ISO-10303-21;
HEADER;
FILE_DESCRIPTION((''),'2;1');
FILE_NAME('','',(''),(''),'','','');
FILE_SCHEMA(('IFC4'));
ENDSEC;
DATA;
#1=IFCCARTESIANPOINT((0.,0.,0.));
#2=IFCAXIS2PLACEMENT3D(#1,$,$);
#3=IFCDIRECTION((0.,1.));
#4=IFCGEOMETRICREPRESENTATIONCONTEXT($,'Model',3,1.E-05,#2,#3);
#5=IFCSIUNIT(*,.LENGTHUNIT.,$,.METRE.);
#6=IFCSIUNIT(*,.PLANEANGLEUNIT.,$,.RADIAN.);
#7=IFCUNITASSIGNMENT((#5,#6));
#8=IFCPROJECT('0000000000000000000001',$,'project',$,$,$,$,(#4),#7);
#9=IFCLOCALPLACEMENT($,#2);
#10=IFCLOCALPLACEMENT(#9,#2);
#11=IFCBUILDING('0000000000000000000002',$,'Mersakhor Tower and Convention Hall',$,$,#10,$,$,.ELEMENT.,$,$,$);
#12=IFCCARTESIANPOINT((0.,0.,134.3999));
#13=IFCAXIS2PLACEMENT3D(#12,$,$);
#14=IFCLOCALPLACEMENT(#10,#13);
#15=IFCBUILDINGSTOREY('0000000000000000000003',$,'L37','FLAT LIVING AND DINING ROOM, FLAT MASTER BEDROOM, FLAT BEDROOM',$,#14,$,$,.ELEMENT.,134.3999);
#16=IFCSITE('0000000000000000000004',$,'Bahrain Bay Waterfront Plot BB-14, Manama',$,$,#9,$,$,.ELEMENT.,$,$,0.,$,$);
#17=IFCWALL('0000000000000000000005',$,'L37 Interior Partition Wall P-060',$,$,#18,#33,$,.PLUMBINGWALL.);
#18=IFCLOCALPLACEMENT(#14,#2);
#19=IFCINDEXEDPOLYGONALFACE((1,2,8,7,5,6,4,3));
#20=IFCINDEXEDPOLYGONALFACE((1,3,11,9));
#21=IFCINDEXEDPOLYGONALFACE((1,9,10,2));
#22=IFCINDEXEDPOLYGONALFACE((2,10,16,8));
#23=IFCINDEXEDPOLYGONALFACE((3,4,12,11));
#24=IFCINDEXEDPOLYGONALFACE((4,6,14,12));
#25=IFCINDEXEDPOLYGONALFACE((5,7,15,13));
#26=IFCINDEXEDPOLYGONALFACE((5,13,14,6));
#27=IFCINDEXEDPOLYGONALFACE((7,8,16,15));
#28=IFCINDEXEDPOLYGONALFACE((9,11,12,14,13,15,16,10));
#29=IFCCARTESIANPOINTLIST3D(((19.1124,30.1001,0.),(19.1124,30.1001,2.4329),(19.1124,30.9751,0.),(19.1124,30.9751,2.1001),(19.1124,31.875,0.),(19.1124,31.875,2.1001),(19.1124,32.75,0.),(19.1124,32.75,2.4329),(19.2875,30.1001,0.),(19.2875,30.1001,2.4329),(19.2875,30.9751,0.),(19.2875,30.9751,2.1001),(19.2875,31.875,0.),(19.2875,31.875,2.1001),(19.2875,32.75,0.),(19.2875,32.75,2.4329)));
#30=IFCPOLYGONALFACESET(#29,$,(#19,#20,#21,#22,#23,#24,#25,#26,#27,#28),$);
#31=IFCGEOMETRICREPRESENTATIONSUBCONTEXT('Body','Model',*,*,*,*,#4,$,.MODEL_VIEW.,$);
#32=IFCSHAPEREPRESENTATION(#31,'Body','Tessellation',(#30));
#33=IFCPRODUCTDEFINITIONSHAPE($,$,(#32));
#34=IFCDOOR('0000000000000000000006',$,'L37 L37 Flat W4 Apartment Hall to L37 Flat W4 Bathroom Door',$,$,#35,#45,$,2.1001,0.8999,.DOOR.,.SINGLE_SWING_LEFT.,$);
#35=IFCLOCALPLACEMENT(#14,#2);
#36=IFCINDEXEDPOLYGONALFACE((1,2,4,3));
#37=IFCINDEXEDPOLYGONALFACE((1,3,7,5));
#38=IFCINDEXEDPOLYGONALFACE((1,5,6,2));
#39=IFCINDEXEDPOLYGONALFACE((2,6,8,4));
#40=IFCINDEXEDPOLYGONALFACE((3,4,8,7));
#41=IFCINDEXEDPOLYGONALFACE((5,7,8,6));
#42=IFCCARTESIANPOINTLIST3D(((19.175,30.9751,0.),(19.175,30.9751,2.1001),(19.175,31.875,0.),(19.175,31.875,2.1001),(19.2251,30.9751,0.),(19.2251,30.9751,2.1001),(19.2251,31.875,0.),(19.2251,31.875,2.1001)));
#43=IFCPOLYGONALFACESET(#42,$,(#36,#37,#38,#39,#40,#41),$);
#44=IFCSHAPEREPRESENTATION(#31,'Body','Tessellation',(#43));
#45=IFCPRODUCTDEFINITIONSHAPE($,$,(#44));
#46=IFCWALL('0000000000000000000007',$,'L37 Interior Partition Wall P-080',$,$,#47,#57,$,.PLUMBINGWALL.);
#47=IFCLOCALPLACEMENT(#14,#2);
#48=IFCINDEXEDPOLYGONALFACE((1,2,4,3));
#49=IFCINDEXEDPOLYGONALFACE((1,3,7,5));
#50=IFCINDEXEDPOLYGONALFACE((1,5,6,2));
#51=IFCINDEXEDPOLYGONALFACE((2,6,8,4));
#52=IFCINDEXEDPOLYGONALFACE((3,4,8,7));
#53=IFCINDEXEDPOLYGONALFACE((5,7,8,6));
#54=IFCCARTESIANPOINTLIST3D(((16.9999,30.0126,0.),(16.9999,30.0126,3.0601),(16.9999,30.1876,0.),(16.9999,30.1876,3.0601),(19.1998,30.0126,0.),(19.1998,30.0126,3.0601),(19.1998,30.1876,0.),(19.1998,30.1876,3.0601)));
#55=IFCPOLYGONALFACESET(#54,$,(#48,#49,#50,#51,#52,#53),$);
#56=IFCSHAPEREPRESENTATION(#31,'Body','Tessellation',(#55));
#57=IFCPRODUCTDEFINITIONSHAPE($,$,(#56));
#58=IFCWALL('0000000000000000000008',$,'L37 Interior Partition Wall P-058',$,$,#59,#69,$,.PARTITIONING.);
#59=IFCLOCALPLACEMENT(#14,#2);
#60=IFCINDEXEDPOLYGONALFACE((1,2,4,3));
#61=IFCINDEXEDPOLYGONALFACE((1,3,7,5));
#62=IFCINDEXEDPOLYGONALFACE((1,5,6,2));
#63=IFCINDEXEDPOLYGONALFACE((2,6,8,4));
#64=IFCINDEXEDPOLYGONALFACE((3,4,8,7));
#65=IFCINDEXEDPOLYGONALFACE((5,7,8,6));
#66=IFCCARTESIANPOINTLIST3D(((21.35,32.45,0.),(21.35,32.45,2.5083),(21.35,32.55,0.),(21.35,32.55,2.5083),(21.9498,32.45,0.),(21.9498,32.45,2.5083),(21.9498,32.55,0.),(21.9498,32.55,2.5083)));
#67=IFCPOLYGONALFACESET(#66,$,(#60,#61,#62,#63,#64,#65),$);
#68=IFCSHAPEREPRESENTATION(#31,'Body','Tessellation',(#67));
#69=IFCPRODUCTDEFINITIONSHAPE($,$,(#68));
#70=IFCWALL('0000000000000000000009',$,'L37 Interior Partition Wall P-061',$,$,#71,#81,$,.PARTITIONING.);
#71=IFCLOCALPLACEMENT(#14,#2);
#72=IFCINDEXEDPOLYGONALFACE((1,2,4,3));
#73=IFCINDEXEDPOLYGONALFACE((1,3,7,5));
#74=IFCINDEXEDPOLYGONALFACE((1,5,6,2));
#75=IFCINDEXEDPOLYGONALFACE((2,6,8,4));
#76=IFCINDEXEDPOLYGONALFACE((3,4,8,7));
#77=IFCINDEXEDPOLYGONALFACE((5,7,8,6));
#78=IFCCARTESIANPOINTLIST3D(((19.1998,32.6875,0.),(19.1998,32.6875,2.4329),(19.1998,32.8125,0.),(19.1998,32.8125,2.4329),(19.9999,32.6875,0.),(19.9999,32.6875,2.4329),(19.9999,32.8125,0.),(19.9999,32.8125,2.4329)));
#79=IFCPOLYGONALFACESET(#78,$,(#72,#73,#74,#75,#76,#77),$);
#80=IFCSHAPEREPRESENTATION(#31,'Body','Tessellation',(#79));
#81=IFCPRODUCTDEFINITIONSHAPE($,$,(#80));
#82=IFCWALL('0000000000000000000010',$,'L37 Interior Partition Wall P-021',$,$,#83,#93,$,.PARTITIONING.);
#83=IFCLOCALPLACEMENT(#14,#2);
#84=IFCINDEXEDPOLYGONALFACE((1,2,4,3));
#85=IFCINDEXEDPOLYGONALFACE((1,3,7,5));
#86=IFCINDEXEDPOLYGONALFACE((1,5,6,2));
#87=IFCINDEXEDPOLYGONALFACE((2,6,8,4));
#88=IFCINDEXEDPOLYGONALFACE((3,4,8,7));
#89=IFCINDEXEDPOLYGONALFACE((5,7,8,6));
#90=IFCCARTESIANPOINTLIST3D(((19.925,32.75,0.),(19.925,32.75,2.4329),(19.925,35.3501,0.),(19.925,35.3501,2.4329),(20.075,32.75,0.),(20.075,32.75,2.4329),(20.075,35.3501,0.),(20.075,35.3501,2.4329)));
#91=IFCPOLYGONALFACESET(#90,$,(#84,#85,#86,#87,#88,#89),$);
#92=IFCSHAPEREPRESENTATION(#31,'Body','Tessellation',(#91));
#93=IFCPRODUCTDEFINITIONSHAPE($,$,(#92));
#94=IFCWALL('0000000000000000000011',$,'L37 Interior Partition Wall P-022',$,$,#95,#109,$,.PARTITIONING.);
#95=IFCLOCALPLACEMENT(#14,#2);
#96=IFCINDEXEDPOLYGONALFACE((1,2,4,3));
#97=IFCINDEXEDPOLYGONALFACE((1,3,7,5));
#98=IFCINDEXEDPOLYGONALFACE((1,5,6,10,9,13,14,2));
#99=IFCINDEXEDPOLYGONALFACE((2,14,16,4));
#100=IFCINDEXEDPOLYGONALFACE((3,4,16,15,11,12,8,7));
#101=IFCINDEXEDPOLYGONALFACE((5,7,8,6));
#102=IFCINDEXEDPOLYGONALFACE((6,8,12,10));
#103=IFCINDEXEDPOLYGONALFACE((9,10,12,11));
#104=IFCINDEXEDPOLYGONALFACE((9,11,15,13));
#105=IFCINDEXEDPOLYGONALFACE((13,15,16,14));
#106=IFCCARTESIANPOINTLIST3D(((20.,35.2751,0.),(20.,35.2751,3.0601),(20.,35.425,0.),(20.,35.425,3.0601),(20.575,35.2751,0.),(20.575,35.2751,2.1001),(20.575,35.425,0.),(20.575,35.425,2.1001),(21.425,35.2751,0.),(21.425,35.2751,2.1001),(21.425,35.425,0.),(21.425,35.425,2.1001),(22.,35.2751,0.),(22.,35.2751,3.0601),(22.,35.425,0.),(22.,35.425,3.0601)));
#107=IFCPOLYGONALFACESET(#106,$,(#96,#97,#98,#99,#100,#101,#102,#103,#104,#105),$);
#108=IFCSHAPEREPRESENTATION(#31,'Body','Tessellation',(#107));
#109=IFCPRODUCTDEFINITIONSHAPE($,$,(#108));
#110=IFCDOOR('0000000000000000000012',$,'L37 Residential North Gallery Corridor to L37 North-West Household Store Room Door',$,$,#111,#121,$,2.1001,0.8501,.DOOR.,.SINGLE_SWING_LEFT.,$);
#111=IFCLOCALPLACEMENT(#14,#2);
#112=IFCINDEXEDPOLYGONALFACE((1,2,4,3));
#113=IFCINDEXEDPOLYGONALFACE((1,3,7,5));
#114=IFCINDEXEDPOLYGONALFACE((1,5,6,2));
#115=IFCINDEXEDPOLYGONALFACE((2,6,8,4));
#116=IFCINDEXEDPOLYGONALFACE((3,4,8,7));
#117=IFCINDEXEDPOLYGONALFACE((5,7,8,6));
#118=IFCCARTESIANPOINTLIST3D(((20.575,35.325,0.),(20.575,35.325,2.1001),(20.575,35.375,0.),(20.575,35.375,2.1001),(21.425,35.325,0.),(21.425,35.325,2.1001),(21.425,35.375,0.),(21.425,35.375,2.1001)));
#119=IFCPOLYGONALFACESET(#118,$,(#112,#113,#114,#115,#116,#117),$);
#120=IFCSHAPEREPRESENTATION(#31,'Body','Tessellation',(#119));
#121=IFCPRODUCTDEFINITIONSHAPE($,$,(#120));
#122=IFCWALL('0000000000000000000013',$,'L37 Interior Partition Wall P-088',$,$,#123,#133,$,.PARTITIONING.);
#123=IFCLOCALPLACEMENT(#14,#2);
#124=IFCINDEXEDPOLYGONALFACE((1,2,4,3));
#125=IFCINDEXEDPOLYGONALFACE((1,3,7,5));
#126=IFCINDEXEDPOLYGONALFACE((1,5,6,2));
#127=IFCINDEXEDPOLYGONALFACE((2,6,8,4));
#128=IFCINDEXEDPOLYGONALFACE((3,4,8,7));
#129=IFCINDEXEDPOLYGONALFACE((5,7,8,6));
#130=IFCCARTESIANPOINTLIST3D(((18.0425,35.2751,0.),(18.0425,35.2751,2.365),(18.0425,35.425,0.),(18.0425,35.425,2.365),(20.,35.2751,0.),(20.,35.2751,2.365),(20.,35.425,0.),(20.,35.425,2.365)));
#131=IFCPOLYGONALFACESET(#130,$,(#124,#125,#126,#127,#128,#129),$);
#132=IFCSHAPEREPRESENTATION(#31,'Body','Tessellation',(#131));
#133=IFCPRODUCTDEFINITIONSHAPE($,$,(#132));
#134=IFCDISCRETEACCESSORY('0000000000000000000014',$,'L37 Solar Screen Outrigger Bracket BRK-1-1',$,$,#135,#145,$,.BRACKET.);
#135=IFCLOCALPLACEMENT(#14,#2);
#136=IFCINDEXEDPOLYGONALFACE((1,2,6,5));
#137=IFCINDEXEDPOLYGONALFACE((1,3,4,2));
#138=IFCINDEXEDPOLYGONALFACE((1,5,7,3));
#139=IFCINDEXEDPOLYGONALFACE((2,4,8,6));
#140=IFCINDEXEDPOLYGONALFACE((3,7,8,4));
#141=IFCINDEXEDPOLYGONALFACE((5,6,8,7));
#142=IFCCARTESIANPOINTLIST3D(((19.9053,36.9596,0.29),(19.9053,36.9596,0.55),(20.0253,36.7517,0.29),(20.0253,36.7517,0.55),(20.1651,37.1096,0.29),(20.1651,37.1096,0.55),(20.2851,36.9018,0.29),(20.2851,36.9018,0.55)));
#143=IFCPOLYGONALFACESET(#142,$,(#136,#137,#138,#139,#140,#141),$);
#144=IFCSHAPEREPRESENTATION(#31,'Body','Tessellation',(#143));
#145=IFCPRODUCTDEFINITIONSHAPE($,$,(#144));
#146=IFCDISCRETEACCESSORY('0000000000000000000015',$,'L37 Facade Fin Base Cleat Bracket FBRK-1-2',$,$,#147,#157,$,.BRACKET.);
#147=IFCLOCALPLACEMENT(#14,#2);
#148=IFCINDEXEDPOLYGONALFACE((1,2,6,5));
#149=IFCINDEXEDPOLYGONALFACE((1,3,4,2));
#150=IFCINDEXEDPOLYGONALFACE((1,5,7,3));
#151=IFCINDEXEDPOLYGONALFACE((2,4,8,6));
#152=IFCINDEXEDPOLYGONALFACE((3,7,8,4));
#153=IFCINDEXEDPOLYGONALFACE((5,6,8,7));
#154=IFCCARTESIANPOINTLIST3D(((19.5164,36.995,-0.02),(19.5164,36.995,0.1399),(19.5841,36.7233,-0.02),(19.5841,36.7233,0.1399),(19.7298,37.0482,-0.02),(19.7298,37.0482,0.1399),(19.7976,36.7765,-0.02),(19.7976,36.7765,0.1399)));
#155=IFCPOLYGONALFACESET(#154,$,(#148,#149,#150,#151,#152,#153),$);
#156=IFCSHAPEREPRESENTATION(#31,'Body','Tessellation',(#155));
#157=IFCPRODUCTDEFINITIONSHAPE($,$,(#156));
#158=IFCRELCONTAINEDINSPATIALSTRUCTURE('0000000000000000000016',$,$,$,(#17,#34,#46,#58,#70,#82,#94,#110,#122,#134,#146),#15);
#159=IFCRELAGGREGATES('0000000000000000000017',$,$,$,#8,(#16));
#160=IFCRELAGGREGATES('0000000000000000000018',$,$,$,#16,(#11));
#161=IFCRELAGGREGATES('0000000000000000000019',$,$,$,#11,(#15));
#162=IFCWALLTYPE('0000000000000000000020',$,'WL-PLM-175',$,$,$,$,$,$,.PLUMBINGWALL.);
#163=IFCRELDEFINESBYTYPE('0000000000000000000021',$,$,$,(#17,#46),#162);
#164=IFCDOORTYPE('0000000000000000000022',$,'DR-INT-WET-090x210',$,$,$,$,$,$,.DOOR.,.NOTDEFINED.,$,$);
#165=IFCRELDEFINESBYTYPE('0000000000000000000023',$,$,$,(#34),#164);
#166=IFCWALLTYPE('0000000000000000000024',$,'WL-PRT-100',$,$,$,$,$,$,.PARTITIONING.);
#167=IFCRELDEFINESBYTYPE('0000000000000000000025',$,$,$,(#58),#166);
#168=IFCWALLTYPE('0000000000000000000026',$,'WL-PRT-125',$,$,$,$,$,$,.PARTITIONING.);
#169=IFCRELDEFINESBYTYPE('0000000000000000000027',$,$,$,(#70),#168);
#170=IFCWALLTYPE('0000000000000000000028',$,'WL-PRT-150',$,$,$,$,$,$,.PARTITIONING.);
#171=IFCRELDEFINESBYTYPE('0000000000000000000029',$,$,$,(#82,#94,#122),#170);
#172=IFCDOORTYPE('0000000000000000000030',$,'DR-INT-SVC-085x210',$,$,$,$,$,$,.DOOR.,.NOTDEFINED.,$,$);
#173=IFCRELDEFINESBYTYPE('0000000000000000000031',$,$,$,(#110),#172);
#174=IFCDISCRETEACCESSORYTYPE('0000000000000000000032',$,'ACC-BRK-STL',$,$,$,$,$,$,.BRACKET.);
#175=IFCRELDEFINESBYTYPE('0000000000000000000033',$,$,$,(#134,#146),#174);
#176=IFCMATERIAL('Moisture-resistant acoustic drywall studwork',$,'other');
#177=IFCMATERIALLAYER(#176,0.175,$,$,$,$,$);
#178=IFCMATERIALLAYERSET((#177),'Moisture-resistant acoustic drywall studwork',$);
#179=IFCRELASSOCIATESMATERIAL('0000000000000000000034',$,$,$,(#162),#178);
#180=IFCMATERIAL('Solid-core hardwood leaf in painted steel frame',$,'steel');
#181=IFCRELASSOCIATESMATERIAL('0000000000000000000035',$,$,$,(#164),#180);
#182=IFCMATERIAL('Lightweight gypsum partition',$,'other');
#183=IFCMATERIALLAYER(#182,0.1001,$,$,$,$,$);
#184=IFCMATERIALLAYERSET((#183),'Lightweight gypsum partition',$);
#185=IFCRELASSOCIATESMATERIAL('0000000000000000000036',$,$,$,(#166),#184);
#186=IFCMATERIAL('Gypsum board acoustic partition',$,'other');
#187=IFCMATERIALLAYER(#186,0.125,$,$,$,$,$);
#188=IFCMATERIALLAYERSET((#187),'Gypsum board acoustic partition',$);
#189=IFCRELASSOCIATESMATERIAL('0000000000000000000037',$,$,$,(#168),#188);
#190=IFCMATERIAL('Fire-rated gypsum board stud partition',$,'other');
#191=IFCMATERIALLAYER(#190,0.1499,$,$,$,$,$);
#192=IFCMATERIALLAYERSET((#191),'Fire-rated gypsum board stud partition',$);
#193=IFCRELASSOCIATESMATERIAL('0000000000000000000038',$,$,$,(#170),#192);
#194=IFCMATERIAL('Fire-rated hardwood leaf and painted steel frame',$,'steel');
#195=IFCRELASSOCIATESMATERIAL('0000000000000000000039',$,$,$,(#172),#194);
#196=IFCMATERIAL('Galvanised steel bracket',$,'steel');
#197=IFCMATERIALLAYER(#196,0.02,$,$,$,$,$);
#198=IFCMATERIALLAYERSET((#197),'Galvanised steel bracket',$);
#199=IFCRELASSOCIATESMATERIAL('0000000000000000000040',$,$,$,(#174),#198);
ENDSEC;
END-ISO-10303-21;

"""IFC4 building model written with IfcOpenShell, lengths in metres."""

from ifc_helpers import new_model, si_unit, direction, frame, frame_2d, origin, origin_2d, place, context, subcontext, project, spatial, rectangle, extrude, material, layer, layer_set, type_object, element, fill, save


model = new_model("IFC4")

# Units and contexts
model_context = context("Model", 3, precision=1e-05, world=origin(), true_north=direction((0.0, 1.0)))
body_context = subcontext(model_context, "Body", "Model", "MODEL_VIEW")
ifc_project = project(units=[si_unit("LENGTHUNIT", "METRE"), si_unit("PLANEANGLEUNIT", "RADIAN")], contexts=[model_context])

# Site, building, storey
site_placement = place(None, origin())
site = spatial("IfcSite", under=ifc_project, at=site_placement, Name="Bahrain Bay Waterfront Plot BB-14, Manama", CompositionType="ELEMENT", RefElevation=0.0)
building_placement = place(site_placement, origin())
building = spatial("IfcBuilding", under=site, at=building_placement, Name="Mersakhor Tower and Convention Hall", CompositionType="ELEMENT")
storey_placement = place(building_placement, frame((0.0, 0.0, 134.3999)))
storey = spatial("IfcBuildingStorey", under=building, at=storey_placement, Name="L37", Description="FLAT LIVING AND DINING ROOM, FLAT MASTER BEDROOM, FLAT BEDROOM", CompositionType="ELEMENT", Elevation=134.3999)

# Wall, opening, door
ifc_material_1 = material(Name="Moisture-resistant acoustic drywall studwork", Category="other")
ifc_layer_1 = layer(ifc_material_1, 0.175)
ifc_layer_set_1 = layer_set([ifc_layer_1], Name="Moisture-resistant acoustic drywall studwork")
wall_type_1 = type_object("IfcWallType", Name="WL-PLM-175", PredefinedType="PLUMBINGWALL", material=ifc_layer_set_1)
wall_1_placement = place(storey_placement, frame((19.2, 30.1001, 0.0), z_axis=(0.0, 0.0, 1.0), x_axis=(0.0, 1.0, 0.0)))
wall_1 = element("IfcWall", 1, at=wall_1_placement, inside=storey, type_object=wall_type_1, Name="L37 Interior Partition Wall P-060", PredefinedType="PLUMBINGWALL", context=body_context, shape_type="SweptSolid", body=[
    extrude(rectangle(XDim=2.6499, YDim=0.175, at=frame_2d((1.325, 0.0))), origin(), (0.0, 0.0, 1.0), 2.4329),
])
opening_1_placement = place(wall_1_placement, frame((0.875, 0.0, 0.0)))
opening_1 = element("IfcOpeningElement", 2, at=opening_1_placement, cuts=wall_1, PredefinedType="OPENING", context=body_context, shape_type="SweptSolid", body=[
    extrude(rectangle(XDim=0.8999, YDim=2.1001, at=frame_2d((0.45, 1.05))), frame((0.0, 0.0974, 0.0), z_axis=(0.0, -1.0, 0.0), x_axis=(1.0, 0.0, 0.0)), (0.0, 0.0, 1.0), 0.1951),
])
ifc_material_2 = material(Name="Solid-core hardwood leaf in painted steel frame", Category="steel")
door_type_1 = type_object("IfcDoorType", Name="DR-INT-WET-090x210", OperationType="NOTDEFINED", PredefinedType="DOOR", material=ifc_material_2)
door_1_placement = place(opening_1_placement, origin())
door_1 = element("IfcDoor", 3, at=door_1_placement, inside=storey, type_object=door_type_1, Name="L37 L37 Flat W4 Apartment Hall to L37 Flat W4 Bathroom Door", OperationType="SINGLE_SWING_LEFT", OverallHeight=2.1001, OverallWidth=0.8999, PredefinedType="DOOR", context=body_context, shape_type="SweptSolid", body=[
    extrude(rectangle(XDim=0.8999, YDim=2.1001, at=frame_2d((0.45, 1.05))), frame((0.0, 0.0249, 0.0), z_axis=(0.0, -1.0, 0.0), x_axis=(1.0, 0.0, 0.0)), (0.0, 0.0, 1.0), 0.05),
])
fill(opening_1, door_1)

# Walls
wall_2_placement = place(storey_placement, frame((19.2, 30.1001, 0.0), z_axis=(0.0, 0.0, 1.0), x_axis=(-1.0, 0.0, 0.0)))
element("IfcWall", 4, at=wall_2_placement, inside=storey, type_object=wall_type_1, Name="L37 Interior Partition Wall P-080", PredefinedType="PLUMBINGWALL", context=body_context, shape_type="SweptSolid", body=[
    extrude(rectangle(XDim=2.2, YDim=0.175, at=frame_2d((1.1001, 0.0))), origin(), (0.0, 0.0, 1.0), 3.0601),
])
ifc_material_3 = material(Name="Lightweight gypsum partition", Category="other")
ifc_layer_2 = layer(ifc_material_3, 0.1001)
ifc_layer_set_2 = layer_set([ifc_layer_2], Name="Lightweight gypsum partition")
wall_type_2 = type_object("IfcWallType", Name="WL-PRT-100", PredefinedType="PARTITIONING", material=ifc_layer_set_2)
wall_3_placement = place(storey_placement, frame((21.3501, 32.5, 0.0), z_axis=(0.0, 0.0, 1.0), x_axis=(1.0, 0.0, 0.0)))
element("IfcWall", 5, at=wall_3_placement, inside=storey, type_object=wall_type_2, Name="L37 Interior Partition Wall P-058", PredefinedType="PARTITIONING", context=body_context, shape_type="SweptSolid", body=[
    extrude(rectangle(XDim=0.5999, YDim=0.1001, at=frame_2d((0.2998, 0.0))), origin(), (0.0, 0.0, 1.0), 2.5083),
])
ifc_material_4 = material(Name="Gypsum board acoustic partition", Category="other")
ifc_layer_3 = layer(ifc_material_4, 0.125)
ifc_layer_set_3 = layer_set([ifc_layer_3], Name="Gypsum board acoustic partition")
wall_type_3 = type_object("IfcWallType", Name="WL-PRT-125", PredefinedType="PARTITIONING", material=ifc_layer_set_3)
wall_4_placement = place(storey_placement, frame((19.2, 32.75, 0.0), z_axis=(0.0, 0.0, 1.0), x_axis=(1.0, 0.0, 0.0)))
element("IfcWall", 6, at=wall_4_placement, inside=storey, type_object=wall_type_3, Name="L37 Interior Partition Wall P-061", PredefinedType="PARTITIONING", context=body_context, shape_type="SweptSolid", body=[
    extrude(rectangle(XDim=0.8, YDim=0.125, at=frame_2d((0.3999, 0.0))), origin(), (0.0, 0.0, 1.0), 2.4329),
])

# Shared definitions
ifc_material_5 = material(Name="Fire-rated gypsum board stud partition", Category="other")
ifc_layer_4 = layer(ifc_material_5, 0.1499)
ifc_layer_set_4 = layer_set([ifc_layer_4], Name="Fire-rated gypsum board stud partition")
wall_type_4 = type_object("IfcWallType", Name="WL-PRT-150", PredefinedType="PARTITIONING", material=ifc_layer_set_4)

# Wall
wall_5_placement = place(storey_placement, frame((20.0, 32.75, 0.0), z_axis=(0.0, 0.0, 1.0), x_axis=(0.0, 1.0, 0.0)))
element("IfcWall", 7, at=wall_5_placement, inside=storey, type_object=wall_type_4, Name="L37 Interior Partition Wall P-021", PredefinedType="PARTITIONING", context=body_context, shape_type="SweptSolid", body=[
    extrude(rectangle(XDim=2.6001, YDim=0.1499, at=frame_2d((1.3, 0.0))), origin(), (0.0, 0.0, 1.0), 2.4329),
])

# Wall, opening, door
wall_6_placement = place(storey_placement, frame((20.0, 35.3501, 0.0), z_axis=(0.0, 0.0, 1.0), x_axis=(1.0, 0.0, 0.0)))
wall_6 = element("IfcWall", 8, at=wall_6_placement, inside=storey, type_object=wall_type_4, Name="L37 Interior Partition Wall P-022", PredefinedType="PARTITIONING", context=body_context, shape_type="SweptSolid", body=[
    extrude(rectangle(XDim=2.0, YDim=0.1499, at=frame_2d((1.0, 0.0))), origin(), (0.0, 0.0, 1.0), 3.0601),
])
opening_2_placement = place(wall_6_placement, frame((0.575, 0.0, 0.0)))
opening_2 = element("IfcOpeningElement", 9, at=opening_2_placement, cuts=wall_6, PredefinedType="OPENING", context=body_context, shape_type="SweptSolid", body=[
    extrude(rectangle(XDim=0.8501, YDim=2.1001, at=frame_2d((0.425, 1.05))), frame((0.0, 0.085, 0.0), z_axis=(0.0, -1.0, 0.0), x_axis=(1.0, 0.0, 0.0)), (0.0, 0.0, 1.0), 0.1699),
])
ifc_material_6 = material(Name="Fire-rated hardwood leaf and painted steel frame", Category="steel")
door_type_2 = type_object("IfcDoorType", Name="DR-INT-SVC-085x210", OperationType="NOTDEFINED", PredefinedType="DOOR", material=ifc_material_6)
door_2_placement = place(opening_2_placement, origin())
door_2 = element("IfcDoor", 10, at=door_2_placement, inside=storey, type_object=door_type_2, Name="L37 Residential North Gallery Corridor to L37 North-West Household Store Room Door", OperationType="SINGLE_SWING_LEFT", OverallHeight=2.1001, OverallWidth=0.8501, PredefinedType="DOOR", context=body_context, shape_type="SweptSolid", body=[
    extrude(rectangle(XDim=0.8501, YDim=2.1001, at=frame_2d((0.425, 1.05))), frame((0.0, 0.0249, 0.0), z_axis=(0.0, -1.0, 0.0), x_axis=(1.0, 0.0, 0.0)), (0.0, 0.0, 1.0), 0.05),
])
fill(opening_2, door_2)

# Wall
wall_7_placement = place(storey_placement, frame((20.0, 35.3501, 0.0), z_axis=(0.0, 0.0, 1.0), x_axis=(-1.0, 0.0, 0.0)))
element("IfcWall", 11, at=wall_7_placement, inside=storey, type_object=wall_type_4, Name="L37 Interior Partition Wall P-088", PredefinedType="PARTITIONING", context=body_context, shape_type="SweptSolid", body=[
    extrude(rectangle(XDim=1.9575, YDim=0.1499, at=frame_2d((0.9788, 0.0))), origin(), (0.0, 0.0, 1.0), 2.365),
])

# Discrete accessories
ifc_material_7 = material(Name="Galvanised steel bracket", Category="steel")
ifc_layer_5 = layer(ifc_material_7, 0.02)
ifc_layer_set_5 = layer_set([ifc_layer_5], Name="Galvanised steel bracket")
discrete_accessory_type = type_object("IfcDiscreteAccessoryType", Name="ACC-BRK-STL", PredefinedType="BRACKET", material=ifc_layer_set_5)
discrete_accessory_1_placement = place(storey_placement, frame((20.0952, 36.9307, 0.29), z_axis=(0.0, 0.0, 1.0), x_axis=(0.866025, 0.5, 0.0)))
element("IfcDiscreteAccessory", 12, at=discrete_accessory_1_placement, inside=storey, type_object=discrete_accessory_type, Name="L37 Solar Screen Outrigger Bracket BRK-1-1", PredefinedType="BRACKET", context=body_context, shape_type="SweptSolid", body=[
    extrude(rectangle(XDim=0.3, YDim=0.24, at=origin_2d()), origin(), (0.0, 0.0, 1.0), 0.26),
])
discrete_accessory_2_placement = place(storey_placement, frame((19.657, 36.8857, -0.02), z_axis=(0.0, 0.0, 1.0), x_axis=(-0.241922, 0.970296, 0.0)))
element("IfcDiscreteAccessory", 13, at=discrete_accessory_2_placement, inside=storey, type_object=discrete_accessory_type, Name="L37 Facade Fin Base Cleat Bracket FBRK-1-2", PredefinedType="BRACKET", context=body_context, shape_type="SweptSolid", body=[
    extrude(rectangle(XDim=0.28, YDim=0.22, at=origin_2d()), origin(), (0.0, 0.0, 1.0), 0.1599),
])

save(model, "model.ifc")
